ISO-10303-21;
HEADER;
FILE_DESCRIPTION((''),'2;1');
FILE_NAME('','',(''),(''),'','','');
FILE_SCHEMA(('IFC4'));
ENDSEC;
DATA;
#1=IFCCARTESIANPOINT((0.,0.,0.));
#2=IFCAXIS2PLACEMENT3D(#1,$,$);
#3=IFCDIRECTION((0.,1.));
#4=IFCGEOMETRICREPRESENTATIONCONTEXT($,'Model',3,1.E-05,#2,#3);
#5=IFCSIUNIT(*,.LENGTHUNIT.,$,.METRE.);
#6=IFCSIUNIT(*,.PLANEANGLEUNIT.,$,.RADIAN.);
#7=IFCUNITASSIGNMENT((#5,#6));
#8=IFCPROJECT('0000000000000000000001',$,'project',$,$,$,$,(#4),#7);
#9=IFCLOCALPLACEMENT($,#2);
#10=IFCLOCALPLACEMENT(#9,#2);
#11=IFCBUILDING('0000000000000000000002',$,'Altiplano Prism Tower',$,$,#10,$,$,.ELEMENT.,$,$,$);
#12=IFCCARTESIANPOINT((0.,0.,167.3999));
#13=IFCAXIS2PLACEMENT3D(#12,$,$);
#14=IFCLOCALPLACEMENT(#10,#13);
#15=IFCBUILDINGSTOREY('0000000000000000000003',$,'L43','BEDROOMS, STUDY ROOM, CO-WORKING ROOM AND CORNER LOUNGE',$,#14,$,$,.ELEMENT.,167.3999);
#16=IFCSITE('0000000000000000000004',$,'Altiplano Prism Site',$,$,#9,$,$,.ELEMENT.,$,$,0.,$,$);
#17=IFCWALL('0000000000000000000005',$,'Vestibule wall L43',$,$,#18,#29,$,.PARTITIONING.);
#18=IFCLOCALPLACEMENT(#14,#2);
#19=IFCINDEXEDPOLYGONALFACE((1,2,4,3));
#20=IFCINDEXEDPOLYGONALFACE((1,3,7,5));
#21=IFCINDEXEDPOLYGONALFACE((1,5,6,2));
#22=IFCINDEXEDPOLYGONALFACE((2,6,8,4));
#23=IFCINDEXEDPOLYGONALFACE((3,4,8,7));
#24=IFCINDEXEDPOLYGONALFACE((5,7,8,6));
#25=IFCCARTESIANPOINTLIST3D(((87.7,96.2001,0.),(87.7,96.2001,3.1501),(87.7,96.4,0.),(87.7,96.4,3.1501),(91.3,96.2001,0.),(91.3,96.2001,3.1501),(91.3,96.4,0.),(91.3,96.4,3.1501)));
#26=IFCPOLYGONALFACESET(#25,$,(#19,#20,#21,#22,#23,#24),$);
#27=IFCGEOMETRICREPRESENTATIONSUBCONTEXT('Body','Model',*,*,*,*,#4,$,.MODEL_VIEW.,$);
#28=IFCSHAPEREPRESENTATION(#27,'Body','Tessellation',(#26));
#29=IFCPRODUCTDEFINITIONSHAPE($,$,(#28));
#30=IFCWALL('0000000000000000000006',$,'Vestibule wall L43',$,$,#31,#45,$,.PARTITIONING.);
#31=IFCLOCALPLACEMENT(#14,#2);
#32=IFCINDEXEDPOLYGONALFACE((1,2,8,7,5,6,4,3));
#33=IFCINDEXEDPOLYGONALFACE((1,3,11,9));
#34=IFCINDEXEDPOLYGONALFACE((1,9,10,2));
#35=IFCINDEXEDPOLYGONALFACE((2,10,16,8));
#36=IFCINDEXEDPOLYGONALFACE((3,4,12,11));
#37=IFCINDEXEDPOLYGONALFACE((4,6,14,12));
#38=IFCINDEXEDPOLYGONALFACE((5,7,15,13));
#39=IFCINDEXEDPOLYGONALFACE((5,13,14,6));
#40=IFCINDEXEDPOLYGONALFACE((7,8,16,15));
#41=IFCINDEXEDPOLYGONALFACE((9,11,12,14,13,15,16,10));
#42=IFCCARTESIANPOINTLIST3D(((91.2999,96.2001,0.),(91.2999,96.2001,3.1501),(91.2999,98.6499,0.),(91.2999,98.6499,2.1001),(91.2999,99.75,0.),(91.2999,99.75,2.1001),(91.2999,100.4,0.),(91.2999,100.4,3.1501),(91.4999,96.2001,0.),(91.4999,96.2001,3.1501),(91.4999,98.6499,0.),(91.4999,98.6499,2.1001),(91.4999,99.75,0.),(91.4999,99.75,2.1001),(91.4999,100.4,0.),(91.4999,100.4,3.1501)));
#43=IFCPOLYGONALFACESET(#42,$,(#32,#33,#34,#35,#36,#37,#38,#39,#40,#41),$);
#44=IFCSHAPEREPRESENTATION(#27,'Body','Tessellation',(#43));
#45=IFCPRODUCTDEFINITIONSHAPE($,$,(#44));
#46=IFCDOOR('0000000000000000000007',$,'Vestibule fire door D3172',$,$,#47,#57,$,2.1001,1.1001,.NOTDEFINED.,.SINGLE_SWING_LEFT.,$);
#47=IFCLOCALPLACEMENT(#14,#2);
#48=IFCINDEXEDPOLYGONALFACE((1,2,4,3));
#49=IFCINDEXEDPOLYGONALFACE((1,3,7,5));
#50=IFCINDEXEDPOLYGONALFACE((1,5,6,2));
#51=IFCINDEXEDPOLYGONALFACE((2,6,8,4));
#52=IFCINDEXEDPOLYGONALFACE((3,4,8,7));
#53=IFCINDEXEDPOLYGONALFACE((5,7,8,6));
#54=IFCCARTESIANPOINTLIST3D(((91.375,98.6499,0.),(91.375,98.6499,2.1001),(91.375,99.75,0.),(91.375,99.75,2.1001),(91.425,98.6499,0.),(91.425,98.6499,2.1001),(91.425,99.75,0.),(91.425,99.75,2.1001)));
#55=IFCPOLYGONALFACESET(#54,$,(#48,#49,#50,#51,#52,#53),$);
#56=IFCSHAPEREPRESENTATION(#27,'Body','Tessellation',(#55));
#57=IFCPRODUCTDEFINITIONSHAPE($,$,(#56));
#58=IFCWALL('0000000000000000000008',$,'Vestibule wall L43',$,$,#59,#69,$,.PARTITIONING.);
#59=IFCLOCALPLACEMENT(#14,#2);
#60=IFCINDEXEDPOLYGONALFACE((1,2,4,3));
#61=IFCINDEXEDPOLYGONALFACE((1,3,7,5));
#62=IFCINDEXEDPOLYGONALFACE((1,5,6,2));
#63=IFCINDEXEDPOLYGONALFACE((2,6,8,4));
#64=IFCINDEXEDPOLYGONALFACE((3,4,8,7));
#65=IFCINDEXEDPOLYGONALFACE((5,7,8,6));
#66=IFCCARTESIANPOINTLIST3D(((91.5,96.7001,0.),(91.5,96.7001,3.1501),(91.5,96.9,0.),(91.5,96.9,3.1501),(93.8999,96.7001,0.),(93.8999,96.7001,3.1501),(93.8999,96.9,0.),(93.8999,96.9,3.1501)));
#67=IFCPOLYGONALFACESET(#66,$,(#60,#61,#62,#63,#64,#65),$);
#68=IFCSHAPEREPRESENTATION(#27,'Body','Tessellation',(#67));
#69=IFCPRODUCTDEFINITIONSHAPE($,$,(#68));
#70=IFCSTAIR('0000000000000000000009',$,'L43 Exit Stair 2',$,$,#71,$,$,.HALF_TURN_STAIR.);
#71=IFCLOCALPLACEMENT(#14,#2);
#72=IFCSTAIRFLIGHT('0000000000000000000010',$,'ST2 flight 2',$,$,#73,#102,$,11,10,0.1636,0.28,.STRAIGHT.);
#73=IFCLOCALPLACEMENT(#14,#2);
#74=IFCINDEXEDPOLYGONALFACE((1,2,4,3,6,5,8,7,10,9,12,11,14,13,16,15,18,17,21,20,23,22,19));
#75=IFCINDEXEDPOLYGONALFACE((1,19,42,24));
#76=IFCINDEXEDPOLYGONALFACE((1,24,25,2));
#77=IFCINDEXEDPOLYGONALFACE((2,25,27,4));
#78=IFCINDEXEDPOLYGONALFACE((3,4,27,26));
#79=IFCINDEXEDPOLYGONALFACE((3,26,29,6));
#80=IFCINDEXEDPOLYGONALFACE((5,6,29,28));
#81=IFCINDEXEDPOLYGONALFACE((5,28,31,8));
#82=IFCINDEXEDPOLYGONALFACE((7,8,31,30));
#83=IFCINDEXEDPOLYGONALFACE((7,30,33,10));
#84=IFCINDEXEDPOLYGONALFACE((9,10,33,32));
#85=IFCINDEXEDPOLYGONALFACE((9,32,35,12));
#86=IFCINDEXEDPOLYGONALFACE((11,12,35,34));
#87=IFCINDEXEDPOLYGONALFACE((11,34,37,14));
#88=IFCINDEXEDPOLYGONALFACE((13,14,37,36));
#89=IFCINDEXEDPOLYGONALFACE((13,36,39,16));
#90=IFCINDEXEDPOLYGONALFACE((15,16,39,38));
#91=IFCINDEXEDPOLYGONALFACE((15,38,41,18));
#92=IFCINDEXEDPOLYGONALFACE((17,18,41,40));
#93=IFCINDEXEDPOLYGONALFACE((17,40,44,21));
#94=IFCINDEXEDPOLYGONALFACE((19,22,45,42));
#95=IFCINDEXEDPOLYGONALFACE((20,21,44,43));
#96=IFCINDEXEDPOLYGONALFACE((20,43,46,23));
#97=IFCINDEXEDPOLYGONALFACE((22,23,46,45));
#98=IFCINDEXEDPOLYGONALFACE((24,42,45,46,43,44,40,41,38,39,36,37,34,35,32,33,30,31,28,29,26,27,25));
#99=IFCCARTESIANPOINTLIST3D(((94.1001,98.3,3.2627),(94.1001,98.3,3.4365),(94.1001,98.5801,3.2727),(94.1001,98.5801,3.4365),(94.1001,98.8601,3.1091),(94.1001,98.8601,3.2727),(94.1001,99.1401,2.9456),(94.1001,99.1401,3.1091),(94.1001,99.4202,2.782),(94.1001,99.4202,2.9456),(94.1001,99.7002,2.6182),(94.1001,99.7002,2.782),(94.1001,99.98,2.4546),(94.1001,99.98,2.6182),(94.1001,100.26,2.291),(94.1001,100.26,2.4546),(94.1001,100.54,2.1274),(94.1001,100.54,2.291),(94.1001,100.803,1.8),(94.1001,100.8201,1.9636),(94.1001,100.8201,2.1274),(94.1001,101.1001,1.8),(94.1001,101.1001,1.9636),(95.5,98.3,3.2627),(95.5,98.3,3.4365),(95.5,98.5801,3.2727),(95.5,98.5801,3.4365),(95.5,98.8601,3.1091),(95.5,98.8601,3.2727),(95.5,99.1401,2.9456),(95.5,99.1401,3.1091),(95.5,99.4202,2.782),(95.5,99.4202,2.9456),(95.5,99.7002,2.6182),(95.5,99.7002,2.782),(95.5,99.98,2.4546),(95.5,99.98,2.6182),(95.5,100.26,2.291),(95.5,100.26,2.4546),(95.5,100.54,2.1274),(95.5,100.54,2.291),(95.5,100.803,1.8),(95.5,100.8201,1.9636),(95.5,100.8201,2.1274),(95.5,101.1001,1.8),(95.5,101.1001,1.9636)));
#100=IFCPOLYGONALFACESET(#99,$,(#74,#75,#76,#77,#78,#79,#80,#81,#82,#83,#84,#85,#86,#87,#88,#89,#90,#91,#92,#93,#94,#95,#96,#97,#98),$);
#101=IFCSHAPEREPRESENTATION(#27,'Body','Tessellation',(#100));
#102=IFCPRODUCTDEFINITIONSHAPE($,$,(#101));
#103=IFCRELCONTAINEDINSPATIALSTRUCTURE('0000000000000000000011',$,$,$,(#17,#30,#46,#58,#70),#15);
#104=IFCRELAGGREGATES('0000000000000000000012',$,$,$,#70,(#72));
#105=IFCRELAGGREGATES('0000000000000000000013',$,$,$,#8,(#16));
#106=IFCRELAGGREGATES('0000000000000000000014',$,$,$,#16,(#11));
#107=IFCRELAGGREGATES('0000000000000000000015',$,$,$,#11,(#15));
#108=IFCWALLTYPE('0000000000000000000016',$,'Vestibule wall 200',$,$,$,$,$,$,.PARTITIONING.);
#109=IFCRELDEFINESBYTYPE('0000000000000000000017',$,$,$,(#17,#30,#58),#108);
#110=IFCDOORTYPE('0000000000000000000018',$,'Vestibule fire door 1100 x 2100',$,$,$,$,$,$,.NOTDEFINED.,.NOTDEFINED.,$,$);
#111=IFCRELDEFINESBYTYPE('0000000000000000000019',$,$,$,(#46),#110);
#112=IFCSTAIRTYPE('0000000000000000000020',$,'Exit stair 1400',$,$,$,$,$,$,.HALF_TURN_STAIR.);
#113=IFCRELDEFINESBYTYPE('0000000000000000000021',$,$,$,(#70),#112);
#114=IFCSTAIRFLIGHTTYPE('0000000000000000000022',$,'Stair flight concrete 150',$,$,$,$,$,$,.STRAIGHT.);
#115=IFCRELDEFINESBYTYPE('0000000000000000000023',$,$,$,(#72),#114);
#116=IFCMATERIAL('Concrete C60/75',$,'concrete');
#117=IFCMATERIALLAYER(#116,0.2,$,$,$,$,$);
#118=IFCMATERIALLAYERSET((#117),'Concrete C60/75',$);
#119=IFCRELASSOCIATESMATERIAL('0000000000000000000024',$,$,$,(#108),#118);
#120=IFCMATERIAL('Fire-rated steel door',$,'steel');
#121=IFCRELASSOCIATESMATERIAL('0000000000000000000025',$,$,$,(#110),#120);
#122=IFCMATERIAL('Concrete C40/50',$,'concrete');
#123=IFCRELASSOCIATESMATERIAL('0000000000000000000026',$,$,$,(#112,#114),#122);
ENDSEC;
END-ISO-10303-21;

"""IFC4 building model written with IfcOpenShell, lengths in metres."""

from ifc_helpers import new_model, si_unit, direction, frame, frame_2d, origin, place, context, subcontext, project, spatial, polyline, rectangle, outline, extrude, material, layer, layer_set, type_object, element, fill, aggregate, save


model = new_model("IFC4")

# Units and contexts
model_context = context("Model", 3, precision=1e-05, world=origin(), true_north=direction((0.0, 1.0)))
body_context = subcontext(model_context, "Body", "Model", "MODEL_VIEW")
ifc_project = project(units=[si_unit("LENGTHUNIT", "METRE"), si_unit("PLANEANGLEUNIT", "RADIAN")], contexts=[model_context])

# Site, building, storey
site_placement = place(None, origin())
site = spatial("IfcSite", under=ifc_project, at=site_placement, Name="Altiplano Prism Site", CompositionType="ELEMENT", RefElevation=0.0)
building_placement = place(site_placement, origin())
building = spatial("IfcBuilding", under=site, at=building_placement, Name="Altiplano Prism Tower", CompositionType="ELEMENT")
storey_placement = place(building_placement, frame((0.0, 0.0, 167.3999)))
storey = spatial("IfcBuildingStorey", under=building, at=storey_placement, Name="L43", Description="BEDROOMS, STUDY ROOM, CO-WORKING ROOM AND CORNER LOUNGE", CompositionType="ELEMENT", Elevation=167.3999)

# Shared definitions
ifc_material_1 = material(Name="Concrete C60/75", Category="concrete")

# Shared definitions
ifc_material_2 = material(Name="Fire-rated steel door", Category="steel")

# Shared definitions
ifc_layer_1 = layer(ifc_material_1, 0.2)
ifc_layer_set_1 = layer_set([ifc_layer_1], Name="Concrete C60/75")
wall_type_1 = type_object("IfcWallType", Name="Vestibule wall 200", PredefinedType="PARTITIONING", material=ifc_layer_set_1)
door_type_1 = type_object("IfcDoorType", Name="Vestibule fire door 1100 x 2100", OperationType="NOTDEFINED", PredefinedType="NOTDEFINED", material=ifc_material_2)

# Wall
wall_1_placement = place(storey_placement, frame((87.7, 96.3, 0.0), z_axis=(0.0, 0.0, 1.0), x_axis=(1.0, 0.0, 0.0)))
element("IfcWall", 1, at=wall_1_placement, inside=storey, type_object=wall_type_1, Name="Vestibule wall L43", PredefinedType="PARTITIONING", context=body_context, shape_type="SweptSolid", body=[
    extrude(rectangle(XDim=3.6001, YDim=0.2, at=frame_2d((1.8, 0.0))), origin(), (0.0, 0.0, 1.0), 3.1501),
])

# Wall, opening, door
wall_2_placement = place(storey_placement, frame((91.3999, 96.2, 0.0), z_axis=(0.0, 0.0, 1.0), x_axis=(0.0, 1.0, 0.0)))
wall_2 = element("IfcWall", 2, at=wall_2_placement, inside=storey, type_object=wall_type_1, Name="Vestibule wall L43", PredefinedType="PARTITIONING", context=body_context, shape_type="SweptSolid", body=[
    extrude(rectangle(XDim=4.2, YDim=0.2, at=frame_2d((2.1001, 0.0))), origin(), (0.0, 0.0, 1.0), 3.1501),
])
opening_1_placement = place(wall_2_placement, frame((2.45, 0.0, 0.0)))
opening_1 = element("IfcOpeningElement", 3, at=opening_1_placement, cuts=wall_2, PredefinedType="OPENING", context=body_context, shape_type="SweptSolid", body=[
    extrude(rectangle(XDim=1.1001, YDim=2.1001, at=frame_2d((0.55, 1.05))), frame((0.0, 0.1104, 0.0), z_axis=(0.0, -1.0, 0.0), x_axis=(1.0, 0.0, 0.0)), (0.0, 0.0, 1.0), 0.2209),
])
door_1_placement = place(opening_1_placement, origin())
door_1 = element("IfcDoor", 4, at=door_1_placement, inside=storey, type_object=door_type_1, Name="Vestibule fire door D3172", OperationType="SINGLE_SWING_LEFT", OverallHeight=2.1001, OverallWidth=1.1001, PredefinedType="NOTDEFINED", context=body_context, shape_type="SweptSolid", body=[
    extrude(rectangle(XDim=1.1001, YDim=2.1001, at=frame_2d((0.55, 1.05))), frame((0.0, 0.0249, 0.0), z_axis=(0.0, -1.0, 0.0), x_axis=(1.0, 0.0, 0.0)), (0.0, 0.0, 1.0), 0.05),
])
fill(opening_1, door_1)

# Wall
wall_3_placement = place(storey_placement, frame((91.5, 96.8, 0.0), z_axis=(0.0, 0.0, 1.0), x_axis=(1.0, 0.0, 0.0)))
element("IfcWall", 5, at=wall_3_placement, inside=storey, type_object=wall_type_1, Name="Vestibule wall L43", PredefinedType="PARTITIONING", context=body_context, shape_type="SweptSolid", body=[
    extrude(rectangle(XDim=2.3999, YDim=0.2, at=frame_2d((1.2, 0.0))), origin(), (0.0, 0.0, 1.0), 3.1501),
])

# Stair, stair flight
ifc_material_3 = material(Name="Concrete C40/50", Category="concrete")
stair_type = type_object("IfcStairType", Name="Exit stair 1400", PredefinedType="HALF_TURN_STAIR", material=ifc_material_3)
stair_placement = place(storey_placement, origin())
stair = element("IfcStair", 6, at=stair_placement, inside=storey, type_object=stair_type, Name="L43 Exit Stair 2", PredefinedType="HALF_TURN_STAIR")
stair_flight_type = type_object("IfcStairFlightType", Name="Stair flight concrete 150", PredefinedType="STRAIGHT", material=ifc_material_3)
stair_flight_placement = place(storey_placement, frame((94.8, 101.1001, 1.8), z_axis=(0.0, 0.0, 1.0), x_axis=(0.0, -1.0, 0.0)))
stair_flight = element("IfcStairFlight", 7, at=stair_flight_placement, type_object=stair_flight_type, Name="ST2 flight 2", NumberOfRisers=11, NumberOfTreads=10, PredefinedType="STRAIGHT", RiserHeight=0.1636, TreadLength=0.28, context=body_context, shape_type="SweptSolid", body=[
    extrude(outline(polyline([(0.0, 0.0), (0.0, 0.1636), (0.28, 0.1636), (0.28, 0.3274), (0.5601, 0.3274), (0.5601, 0.491), (0.8401, 0.491), (0.8401, 0.6545), (1.1201, 0.6545), (1.1201, 0.8181), (1.3999, 0.8181), (1.3999, 0.9819), (1.6799, 0.9819), (1.6799, 1.1455), (1.96, 1.1455), (1.96, 1.3091), (2.24, 1.3091), (2.24, 1.4727), (2.52, 1.4727), (2.52, 1.6365), (2.8, 1.6365), (2.8, 1.8), (2.8, 1.4626), (0.2971, 0.0), (0.0, 0.0)])), frame((0.0, 0.7, 0.0), z_axis=(0.0, -1.0, 0.0), x_axis=(1.0, 0.0, 0.0)), (0.0, 0.0, 1.0), 1.3999),
])
aggregate(stair, [stair_flight])

save(model, "model.ifc")
